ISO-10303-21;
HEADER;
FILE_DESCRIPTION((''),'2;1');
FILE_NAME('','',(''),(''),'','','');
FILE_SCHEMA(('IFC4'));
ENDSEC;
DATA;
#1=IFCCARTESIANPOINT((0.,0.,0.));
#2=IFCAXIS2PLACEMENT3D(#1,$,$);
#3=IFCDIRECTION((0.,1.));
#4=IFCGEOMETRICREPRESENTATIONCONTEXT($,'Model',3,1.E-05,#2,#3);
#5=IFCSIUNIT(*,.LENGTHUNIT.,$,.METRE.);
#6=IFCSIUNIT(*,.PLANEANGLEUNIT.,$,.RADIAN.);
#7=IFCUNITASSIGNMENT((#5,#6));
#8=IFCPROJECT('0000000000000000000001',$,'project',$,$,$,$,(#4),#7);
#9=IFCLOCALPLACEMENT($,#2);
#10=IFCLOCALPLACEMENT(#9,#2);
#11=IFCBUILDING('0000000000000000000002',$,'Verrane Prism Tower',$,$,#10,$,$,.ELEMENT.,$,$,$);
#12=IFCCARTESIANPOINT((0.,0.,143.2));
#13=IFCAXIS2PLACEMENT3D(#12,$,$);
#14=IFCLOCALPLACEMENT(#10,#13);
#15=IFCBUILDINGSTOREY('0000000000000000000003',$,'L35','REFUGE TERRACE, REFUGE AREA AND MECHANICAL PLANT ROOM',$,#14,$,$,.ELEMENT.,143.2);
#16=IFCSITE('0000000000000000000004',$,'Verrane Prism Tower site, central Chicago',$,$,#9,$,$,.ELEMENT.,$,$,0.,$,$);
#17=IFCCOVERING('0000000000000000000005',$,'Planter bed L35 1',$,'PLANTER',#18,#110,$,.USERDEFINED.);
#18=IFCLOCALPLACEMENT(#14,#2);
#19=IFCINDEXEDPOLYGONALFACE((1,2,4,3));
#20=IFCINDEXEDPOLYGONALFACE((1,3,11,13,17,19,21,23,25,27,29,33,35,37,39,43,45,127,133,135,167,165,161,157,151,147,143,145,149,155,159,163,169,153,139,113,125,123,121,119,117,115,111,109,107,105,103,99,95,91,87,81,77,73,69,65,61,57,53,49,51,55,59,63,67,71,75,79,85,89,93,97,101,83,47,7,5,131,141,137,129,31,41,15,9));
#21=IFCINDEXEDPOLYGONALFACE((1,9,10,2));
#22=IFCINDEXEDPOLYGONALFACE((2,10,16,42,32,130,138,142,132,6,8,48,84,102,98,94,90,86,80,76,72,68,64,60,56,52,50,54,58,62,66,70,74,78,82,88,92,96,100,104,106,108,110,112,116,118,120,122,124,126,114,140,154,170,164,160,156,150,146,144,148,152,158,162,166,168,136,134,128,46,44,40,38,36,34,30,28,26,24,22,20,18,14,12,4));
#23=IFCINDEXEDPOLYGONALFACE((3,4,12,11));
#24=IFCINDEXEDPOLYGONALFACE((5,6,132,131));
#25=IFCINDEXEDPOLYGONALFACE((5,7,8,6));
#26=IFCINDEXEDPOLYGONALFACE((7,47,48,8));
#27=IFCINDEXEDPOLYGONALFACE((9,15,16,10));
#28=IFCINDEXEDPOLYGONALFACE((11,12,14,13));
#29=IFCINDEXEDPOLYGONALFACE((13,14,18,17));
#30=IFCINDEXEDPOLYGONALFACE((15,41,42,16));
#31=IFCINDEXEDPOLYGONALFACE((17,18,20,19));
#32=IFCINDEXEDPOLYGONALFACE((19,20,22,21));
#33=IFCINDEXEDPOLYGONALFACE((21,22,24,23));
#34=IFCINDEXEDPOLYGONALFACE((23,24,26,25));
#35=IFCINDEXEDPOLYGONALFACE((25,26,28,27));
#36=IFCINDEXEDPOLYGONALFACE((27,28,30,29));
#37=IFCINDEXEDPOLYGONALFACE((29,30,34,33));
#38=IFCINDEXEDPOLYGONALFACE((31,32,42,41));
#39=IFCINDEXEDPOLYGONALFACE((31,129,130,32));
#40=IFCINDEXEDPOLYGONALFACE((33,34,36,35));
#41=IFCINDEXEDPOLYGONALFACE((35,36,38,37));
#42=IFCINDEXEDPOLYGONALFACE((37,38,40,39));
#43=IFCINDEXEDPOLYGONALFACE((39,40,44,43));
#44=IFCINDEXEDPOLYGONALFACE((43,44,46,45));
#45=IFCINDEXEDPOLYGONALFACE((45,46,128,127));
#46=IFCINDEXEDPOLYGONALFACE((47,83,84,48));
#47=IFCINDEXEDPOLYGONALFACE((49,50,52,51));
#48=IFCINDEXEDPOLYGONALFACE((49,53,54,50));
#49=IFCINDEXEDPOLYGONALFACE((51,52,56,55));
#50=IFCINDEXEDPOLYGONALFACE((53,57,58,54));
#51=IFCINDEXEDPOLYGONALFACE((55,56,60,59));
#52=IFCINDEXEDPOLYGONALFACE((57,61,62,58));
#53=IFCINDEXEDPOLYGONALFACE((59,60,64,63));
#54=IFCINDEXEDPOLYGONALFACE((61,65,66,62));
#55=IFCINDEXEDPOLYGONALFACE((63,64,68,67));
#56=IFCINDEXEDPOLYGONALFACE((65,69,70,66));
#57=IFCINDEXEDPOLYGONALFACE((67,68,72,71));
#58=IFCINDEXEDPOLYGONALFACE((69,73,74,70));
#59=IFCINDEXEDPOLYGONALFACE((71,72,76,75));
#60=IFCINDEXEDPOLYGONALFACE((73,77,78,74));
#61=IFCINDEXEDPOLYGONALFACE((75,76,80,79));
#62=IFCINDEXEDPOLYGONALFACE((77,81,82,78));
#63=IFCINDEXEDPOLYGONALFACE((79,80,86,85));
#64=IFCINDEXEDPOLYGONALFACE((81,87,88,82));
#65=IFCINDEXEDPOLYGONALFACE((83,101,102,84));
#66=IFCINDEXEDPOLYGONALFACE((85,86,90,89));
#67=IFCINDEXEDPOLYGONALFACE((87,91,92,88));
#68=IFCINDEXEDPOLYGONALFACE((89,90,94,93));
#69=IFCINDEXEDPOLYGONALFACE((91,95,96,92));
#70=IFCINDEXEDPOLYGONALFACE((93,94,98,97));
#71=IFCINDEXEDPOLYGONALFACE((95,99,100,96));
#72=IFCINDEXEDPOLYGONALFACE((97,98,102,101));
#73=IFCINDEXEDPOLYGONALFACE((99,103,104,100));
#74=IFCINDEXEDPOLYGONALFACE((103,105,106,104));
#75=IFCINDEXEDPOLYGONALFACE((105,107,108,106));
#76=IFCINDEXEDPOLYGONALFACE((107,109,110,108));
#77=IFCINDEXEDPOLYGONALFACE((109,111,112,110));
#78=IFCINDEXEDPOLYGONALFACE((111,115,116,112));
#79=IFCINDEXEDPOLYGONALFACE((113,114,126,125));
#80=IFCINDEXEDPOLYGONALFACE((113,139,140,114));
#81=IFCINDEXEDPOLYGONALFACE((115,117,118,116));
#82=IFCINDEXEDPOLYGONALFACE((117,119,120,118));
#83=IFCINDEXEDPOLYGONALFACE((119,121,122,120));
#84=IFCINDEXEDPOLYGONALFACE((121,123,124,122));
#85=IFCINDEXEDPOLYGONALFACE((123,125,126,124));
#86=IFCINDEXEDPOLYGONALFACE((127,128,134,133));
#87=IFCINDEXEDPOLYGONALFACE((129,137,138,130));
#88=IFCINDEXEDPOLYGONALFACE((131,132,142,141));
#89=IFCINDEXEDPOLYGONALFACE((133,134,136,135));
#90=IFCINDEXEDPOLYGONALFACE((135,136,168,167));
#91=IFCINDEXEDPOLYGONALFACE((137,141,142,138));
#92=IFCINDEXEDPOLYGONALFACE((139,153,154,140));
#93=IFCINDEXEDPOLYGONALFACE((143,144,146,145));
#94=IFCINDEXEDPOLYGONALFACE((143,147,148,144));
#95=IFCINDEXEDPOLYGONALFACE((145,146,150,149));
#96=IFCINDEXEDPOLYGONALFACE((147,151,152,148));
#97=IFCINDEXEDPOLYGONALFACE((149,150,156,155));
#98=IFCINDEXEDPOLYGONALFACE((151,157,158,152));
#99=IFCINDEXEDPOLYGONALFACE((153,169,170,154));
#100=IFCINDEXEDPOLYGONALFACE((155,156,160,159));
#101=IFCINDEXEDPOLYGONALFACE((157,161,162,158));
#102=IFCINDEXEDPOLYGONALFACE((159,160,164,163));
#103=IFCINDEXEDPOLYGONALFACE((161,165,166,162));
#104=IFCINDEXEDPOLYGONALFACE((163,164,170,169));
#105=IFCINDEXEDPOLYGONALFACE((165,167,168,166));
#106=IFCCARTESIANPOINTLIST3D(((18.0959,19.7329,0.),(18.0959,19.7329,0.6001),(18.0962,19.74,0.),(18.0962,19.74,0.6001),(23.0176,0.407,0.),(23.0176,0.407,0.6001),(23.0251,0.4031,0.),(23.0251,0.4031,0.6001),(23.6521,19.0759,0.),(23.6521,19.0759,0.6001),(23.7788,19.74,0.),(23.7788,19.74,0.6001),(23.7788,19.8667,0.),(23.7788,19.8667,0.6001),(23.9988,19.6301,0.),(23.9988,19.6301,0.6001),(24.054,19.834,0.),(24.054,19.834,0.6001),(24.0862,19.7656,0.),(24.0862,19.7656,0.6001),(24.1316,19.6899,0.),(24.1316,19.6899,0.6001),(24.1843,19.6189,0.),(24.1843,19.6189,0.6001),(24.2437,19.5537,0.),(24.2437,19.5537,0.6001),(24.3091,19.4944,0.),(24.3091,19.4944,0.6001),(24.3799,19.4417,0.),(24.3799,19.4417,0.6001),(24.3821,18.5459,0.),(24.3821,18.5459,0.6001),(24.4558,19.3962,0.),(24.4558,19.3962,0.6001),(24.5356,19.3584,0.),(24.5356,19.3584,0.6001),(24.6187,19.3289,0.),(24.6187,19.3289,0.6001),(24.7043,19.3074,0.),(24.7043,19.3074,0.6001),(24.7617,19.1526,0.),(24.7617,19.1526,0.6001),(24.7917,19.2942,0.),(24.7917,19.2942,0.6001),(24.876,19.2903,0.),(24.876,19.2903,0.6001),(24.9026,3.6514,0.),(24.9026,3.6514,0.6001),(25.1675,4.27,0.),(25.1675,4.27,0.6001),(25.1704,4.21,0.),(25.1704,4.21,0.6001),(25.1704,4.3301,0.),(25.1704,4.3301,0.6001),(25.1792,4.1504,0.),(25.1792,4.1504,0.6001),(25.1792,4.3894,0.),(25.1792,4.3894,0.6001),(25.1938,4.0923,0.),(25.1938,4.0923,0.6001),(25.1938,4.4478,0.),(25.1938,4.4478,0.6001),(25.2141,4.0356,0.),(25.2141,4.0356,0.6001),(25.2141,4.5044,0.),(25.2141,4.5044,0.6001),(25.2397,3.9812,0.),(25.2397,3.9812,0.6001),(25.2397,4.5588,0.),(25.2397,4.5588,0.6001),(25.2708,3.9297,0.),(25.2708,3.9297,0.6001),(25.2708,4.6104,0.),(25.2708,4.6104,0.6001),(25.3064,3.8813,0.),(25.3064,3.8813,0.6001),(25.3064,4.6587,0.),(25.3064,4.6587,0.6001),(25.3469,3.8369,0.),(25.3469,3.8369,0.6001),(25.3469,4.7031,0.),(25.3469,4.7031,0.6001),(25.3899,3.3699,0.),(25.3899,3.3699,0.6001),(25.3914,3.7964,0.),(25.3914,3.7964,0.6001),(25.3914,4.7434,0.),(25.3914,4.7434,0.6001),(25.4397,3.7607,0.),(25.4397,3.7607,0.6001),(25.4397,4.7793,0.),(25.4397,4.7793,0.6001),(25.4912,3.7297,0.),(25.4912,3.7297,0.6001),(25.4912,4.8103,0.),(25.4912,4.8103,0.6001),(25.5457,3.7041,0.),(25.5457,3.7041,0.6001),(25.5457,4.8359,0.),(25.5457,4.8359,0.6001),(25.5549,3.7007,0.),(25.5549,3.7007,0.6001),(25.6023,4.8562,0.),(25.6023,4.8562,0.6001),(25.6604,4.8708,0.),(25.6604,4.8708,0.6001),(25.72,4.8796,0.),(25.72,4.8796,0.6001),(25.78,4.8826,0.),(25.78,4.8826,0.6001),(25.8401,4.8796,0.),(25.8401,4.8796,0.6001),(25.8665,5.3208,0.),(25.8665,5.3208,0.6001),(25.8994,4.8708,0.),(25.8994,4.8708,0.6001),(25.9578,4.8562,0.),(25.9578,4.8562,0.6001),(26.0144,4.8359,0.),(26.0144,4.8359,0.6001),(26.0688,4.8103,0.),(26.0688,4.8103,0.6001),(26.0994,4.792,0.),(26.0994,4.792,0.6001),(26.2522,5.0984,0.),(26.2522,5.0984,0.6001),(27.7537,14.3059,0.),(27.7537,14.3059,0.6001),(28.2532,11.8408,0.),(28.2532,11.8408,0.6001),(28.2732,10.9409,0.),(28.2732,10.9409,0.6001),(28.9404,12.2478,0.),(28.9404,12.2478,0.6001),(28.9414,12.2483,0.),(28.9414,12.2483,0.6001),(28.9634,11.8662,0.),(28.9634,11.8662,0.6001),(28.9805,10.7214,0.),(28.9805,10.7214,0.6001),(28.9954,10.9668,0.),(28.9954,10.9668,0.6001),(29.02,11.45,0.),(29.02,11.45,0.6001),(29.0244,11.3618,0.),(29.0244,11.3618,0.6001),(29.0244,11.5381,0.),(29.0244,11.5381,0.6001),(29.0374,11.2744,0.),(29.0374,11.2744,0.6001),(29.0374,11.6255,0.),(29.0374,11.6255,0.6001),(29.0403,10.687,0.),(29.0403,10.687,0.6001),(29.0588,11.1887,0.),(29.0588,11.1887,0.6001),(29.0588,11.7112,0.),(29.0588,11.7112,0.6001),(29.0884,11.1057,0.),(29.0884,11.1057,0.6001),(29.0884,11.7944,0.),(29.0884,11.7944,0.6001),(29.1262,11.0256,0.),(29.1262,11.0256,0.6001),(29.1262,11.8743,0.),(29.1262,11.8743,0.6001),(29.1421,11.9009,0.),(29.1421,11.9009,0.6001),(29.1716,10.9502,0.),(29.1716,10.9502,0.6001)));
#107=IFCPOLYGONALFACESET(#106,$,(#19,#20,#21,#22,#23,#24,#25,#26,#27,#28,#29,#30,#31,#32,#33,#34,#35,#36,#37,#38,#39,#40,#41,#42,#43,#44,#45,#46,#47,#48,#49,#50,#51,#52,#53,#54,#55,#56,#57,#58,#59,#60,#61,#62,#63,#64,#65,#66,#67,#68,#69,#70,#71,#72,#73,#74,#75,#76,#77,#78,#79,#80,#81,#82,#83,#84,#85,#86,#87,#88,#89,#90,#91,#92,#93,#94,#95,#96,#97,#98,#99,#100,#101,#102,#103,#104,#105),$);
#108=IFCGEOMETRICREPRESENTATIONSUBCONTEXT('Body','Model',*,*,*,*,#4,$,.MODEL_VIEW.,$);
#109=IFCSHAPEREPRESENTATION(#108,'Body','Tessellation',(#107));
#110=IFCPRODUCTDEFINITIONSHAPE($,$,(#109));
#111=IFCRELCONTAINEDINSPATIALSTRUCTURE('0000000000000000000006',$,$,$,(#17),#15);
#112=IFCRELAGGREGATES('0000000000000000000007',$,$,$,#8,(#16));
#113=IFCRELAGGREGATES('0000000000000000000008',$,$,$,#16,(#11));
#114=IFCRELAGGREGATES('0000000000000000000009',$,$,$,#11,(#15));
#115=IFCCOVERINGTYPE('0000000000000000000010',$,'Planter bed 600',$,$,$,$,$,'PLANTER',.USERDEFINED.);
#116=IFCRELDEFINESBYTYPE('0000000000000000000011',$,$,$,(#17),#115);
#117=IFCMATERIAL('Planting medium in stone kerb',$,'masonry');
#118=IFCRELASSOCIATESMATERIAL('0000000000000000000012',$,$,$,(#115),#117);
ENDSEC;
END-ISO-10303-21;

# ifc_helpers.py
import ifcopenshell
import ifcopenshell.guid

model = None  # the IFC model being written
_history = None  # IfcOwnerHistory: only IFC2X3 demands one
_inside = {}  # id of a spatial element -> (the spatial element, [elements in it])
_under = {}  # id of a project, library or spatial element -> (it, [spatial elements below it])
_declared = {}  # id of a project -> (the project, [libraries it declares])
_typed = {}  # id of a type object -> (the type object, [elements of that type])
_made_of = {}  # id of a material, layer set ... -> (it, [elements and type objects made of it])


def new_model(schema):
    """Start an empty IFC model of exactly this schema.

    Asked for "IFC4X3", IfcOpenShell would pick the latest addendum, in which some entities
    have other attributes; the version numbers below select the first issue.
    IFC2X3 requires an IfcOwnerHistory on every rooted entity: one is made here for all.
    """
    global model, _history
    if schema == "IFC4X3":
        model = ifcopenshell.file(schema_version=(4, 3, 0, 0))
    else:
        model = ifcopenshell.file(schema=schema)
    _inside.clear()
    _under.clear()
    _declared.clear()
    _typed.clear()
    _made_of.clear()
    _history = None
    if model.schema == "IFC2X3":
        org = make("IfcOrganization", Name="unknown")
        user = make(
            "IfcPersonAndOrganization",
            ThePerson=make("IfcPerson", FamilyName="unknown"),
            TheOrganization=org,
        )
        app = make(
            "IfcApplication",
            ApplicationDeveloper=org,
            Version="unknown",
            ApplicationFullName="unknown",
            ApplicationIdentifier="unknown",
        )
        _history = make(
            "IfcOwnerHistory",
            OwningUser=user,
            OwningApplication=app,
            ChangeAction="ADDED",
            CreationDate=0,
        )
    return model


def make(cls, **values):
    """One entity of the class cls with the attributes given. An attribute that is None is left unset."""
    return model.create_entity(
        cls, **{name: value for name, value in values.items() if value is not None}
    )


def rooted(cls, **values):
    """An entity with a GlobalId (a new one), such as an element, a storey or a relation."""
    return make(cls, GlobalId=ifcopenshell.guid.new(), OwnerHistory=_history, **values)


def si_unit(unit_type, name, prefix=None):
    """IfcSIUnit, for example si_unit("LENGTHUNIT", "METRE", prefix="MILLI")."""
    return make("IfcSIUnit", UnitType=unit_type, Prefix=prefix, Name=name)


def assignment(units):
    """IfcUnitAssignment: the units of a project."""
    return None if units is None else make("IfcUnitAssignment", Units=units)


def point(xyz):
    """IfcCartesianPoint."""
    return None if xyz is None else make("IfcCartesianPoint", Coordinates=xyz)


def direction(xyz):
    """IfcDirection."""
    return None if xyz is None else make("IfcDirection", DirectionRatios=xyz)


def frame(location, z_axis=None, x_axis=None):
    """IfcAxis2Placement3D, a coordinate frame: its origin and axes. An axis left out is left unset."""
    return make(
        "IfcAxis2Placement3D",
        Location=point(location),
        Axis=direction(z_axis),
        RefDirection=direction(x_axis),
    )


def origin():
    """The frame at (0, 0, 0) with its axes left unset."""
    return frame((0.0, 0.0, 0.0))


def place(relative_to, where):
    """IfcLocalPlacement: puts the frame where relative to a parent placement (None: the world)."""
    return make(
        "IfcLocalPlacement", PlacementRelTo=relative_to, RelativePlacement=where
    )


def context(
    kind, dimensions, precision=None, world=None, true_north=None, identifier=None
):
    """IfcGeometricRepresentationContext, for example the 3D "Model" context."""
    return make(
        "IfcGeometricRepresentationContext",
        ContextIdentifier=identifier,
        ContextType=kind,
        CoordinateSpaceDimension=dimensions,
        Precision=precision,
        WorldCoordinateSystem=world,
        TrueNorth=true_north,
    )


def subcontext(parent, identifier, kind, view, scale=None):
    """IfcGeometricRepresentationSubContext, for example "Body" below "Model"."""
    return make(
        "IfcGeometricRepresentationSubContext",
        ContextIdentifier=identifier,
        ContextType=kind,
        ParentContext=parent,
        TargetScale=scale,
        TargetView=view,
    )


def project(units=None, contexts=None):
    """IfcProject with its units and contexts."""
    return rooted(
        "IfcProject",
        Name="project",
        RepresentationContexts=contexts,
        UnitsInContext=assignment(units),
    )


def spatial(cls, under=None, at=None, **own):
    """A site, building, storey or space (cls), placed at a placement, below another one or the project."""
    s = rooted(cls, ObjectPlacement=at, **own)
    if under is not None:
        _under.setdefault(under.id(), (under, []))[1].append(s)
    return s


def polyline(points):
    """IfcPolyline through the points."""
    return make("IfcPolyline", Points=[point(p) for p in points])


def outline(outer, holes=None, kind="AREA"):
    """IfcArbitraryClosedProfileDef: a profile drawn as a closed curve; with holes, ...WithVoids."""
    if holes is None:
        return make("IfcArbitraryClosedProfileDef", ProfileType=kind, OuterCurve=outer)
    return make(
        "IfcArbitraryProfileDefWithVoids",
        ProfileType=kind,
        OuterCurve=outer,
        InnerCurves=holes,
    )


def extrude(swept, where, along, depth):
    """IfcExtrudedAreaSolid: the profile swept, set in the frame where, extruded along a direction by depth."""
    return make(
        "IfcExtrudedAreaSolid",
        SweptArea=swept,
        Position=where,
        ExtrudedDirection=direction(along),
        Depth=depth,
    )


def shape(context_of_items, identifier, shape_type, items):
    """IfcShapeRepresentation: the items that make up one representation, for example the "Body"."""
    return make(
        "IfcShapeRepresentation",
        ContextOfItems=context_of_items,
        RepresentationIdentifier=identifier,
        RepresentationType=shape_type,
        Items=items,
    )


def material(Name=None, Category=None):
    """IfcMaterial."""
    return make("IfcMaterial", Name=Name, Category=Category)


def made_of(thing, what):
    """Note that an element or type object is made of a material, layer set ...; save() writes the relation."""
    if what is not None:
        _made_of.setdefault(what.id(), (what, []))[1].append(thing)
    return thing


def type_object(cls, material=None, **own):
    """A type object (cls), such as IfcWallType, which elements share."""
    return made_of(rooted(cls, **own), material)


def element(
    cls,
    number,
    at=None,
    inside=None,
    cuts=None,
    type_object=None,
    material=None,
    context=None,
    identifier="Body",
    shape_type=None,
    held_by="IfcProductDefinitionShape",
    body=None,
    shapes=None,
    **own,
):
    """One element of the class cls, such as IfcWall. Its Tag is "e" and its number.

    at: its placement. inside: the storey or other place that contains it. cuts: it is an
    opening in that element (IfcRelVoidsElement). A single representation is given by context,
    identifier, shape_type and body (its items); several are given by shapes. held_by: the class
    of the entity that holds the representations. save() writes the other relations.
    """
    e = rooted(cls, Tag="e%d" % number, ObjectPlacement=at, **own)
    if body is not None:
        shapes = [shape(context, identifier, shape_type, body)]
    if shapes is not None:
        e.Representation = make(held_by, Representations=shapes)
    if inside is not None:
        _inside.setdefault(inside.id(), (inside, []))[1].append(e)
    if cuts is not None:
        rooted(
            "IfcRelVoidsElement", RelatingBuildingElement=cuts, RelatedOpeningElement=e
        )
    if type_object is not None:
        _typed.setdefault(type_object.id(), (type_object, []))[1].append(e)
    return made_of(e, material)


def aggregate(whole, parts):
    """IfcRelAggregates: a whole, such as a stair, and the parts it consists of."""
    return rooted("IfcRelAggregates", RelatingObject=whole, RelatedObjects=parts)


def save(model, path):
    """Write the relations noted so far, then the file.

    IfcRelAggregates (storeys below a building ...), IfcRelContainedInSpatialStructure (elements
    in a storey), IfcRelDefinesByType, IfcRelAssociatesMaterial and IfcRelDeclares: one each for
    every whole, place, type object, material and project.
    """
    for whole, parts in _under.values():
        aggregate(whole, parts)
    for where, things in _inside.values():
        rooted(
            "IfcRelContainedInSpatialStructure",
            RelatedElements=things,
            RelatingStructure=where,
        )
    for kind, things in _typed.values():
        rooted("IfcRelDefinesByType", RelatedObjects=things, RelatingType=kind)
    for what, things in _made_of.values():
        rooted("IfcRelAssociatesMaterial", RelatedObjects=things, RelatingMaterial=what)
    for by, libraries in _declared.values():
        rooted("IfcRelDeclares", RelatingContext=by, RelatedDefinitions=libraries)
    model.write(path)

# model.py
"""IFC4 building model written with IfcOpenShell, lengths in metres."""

from ifc_helpers import new_model, si_unit, direction, frame, origin, place, context, subcontext, project, spatial, polyline, outline, extrude, material, type_object, element, save


model = new_model("IFC4")

# Units and contexts
model_context = context("Model", 3, precision=1e-05, world=origin(), true_north=direction((0.0, 1.0)))
body_context = subcontext(model_context, "Body", "Model", "MODEL_VIEW")
ifc_project = project(units=[si_unit("LENGTHUNIT", "METRE"), si_unit("PLANEANGLEUNIT", "RADIAN")], contexts=[model_context])

# Site, building, storey
site_placement = place(None, origin())
site = spatial("IfcSite", under=ifc_project, at=site_placement, Name="Verrane Prism Tower site, central Chicago", CompositionType="ELEMENT", RefElevation=0.0)
building_placement = place(site_placement, origin())
building = spatial("IfcBuilding", under=site, at=building_placement, Name="Verrane Prism Tower", CompositionType="ELEMENT")
storey_placement = place(building_placement, frame((0.0, 0.0, 143.2)))
storey = spatial("IfcBuildingStorey", under=building, at=storey_placement, Name="L35", Description="REFUGE TERRACE, REFUGE AREA AND MECHANICAL PLANT ROOM", CompositionType="ELEMENT", Elevation=143.2)

# Covering
ifc_material_1 = material(Name="Planting medium in stone kerb", Category="masonry")
covering_type_1 = type_object("IfcCoveringType", Name="Planter bed 600", ElementType="PLANTER", PredefinedType="USERDEFINED", material=ifc_material_1)
covering_1_placement = place(storey_placement, origin())
element("IfcCovering", 1, at=covering_1_placement, inside=storey, type_object=covering_type_1, Name="Planter bed L35 1", ObjectType="PLANTER", PredefinedType="USERDEFINED", context=body_context, shape_type="SweptSolid", body=[
    extrude(outline(polyline([(23.7788, 19.8667), (23.7788, 19.74), (18.0962, 19.74), (18.0959, 19.7329), (23.6521, 19.0759), (23.9988, 19.6301), (24.7617, 19.1526), (24.3821, 18.5459), (28.2532, 11.8408), (28.9634, 11.8662), (28.9954, 10.9668), (28.2732, 10.9409), (23.0176, 0.407), (23.0251, 0.4031), (24.9026, 3.6514), (25.3899, 3.3699), (25.5549, 3.7007), (25.5457, 3.7041), (25.4912, 3.7297), (25.4397, 3.7607), (25.3914, 3.7964), (25.3469, 3.8369), (25.3064, 3.8813), (25.2708, 3.9297), (25.2397, 3.9812), (25.2141, 4.0356), (25.1938, 4.0923), (25.1792, 4.1504), (25.1704, 4.21), (25.1675, 4.27), (25.1704, 4.3301), (25.1792, 4.3894), (25.1938, 4.4478), (25.2141, 4.5044), (25.2397, 4.5588), (25.2708, 4.6104), (25.3064, 4.6587), (25.3469, 4.7031), (25.3914, 4.7434), (25.4397, 4.7793), (25.4912, 4.8103), (25.5457, 4.8359), (25.6023, 4.8562), (25.6604, 4.8708), (25.72, 4.8796), (25.78, 4.8826), (25.8401, 4.8796), (25.8994, 4.8708), (25.9578, 4.8562), (26.0144, 4.8359), (26.0688, 4.8103), (26.0994, 4.792), (26.2522, 5.0984), (25.8665, 5.3208), (28.9805, 10.7214), (29.0403, 10.687), (29.1716, 10.9502), (29.1262, 11.0256), (29.0884, 11.1057), (29.0588, 11.1887), (29.0374, 11.2744), (29.0244, 11.3618), (29.02, 11.45), (29.0244, 11.5381), (29.0374, 11.6255), (29.0588, 11.7112), (29.0884, 11.7944), (29.1262, 11.8743), (29.1421, 11.9009), (28.9414, 12.2483), (28.9404, 12.2478), (27.7537, 14.3059), (24.876, 19.2903), (24.7917, 19.2942), (24.7043, 19.3074), (24.6187, 19.3289), (24.5356, 19.3584), (24.4558, 19.3962), (24.3799, 19.4417), (24.3091, 19.4944), (24.2437, 19.5537), (24.1843, 19.6189), (24.1316, 19.6899), (24.0862, 19.7656), (24.054, 19.834), (23.7788, 19.8667)])), origin(), (0.0, 0.0, 1.0), 0.6001),
])

save(model, "model.ifc")
